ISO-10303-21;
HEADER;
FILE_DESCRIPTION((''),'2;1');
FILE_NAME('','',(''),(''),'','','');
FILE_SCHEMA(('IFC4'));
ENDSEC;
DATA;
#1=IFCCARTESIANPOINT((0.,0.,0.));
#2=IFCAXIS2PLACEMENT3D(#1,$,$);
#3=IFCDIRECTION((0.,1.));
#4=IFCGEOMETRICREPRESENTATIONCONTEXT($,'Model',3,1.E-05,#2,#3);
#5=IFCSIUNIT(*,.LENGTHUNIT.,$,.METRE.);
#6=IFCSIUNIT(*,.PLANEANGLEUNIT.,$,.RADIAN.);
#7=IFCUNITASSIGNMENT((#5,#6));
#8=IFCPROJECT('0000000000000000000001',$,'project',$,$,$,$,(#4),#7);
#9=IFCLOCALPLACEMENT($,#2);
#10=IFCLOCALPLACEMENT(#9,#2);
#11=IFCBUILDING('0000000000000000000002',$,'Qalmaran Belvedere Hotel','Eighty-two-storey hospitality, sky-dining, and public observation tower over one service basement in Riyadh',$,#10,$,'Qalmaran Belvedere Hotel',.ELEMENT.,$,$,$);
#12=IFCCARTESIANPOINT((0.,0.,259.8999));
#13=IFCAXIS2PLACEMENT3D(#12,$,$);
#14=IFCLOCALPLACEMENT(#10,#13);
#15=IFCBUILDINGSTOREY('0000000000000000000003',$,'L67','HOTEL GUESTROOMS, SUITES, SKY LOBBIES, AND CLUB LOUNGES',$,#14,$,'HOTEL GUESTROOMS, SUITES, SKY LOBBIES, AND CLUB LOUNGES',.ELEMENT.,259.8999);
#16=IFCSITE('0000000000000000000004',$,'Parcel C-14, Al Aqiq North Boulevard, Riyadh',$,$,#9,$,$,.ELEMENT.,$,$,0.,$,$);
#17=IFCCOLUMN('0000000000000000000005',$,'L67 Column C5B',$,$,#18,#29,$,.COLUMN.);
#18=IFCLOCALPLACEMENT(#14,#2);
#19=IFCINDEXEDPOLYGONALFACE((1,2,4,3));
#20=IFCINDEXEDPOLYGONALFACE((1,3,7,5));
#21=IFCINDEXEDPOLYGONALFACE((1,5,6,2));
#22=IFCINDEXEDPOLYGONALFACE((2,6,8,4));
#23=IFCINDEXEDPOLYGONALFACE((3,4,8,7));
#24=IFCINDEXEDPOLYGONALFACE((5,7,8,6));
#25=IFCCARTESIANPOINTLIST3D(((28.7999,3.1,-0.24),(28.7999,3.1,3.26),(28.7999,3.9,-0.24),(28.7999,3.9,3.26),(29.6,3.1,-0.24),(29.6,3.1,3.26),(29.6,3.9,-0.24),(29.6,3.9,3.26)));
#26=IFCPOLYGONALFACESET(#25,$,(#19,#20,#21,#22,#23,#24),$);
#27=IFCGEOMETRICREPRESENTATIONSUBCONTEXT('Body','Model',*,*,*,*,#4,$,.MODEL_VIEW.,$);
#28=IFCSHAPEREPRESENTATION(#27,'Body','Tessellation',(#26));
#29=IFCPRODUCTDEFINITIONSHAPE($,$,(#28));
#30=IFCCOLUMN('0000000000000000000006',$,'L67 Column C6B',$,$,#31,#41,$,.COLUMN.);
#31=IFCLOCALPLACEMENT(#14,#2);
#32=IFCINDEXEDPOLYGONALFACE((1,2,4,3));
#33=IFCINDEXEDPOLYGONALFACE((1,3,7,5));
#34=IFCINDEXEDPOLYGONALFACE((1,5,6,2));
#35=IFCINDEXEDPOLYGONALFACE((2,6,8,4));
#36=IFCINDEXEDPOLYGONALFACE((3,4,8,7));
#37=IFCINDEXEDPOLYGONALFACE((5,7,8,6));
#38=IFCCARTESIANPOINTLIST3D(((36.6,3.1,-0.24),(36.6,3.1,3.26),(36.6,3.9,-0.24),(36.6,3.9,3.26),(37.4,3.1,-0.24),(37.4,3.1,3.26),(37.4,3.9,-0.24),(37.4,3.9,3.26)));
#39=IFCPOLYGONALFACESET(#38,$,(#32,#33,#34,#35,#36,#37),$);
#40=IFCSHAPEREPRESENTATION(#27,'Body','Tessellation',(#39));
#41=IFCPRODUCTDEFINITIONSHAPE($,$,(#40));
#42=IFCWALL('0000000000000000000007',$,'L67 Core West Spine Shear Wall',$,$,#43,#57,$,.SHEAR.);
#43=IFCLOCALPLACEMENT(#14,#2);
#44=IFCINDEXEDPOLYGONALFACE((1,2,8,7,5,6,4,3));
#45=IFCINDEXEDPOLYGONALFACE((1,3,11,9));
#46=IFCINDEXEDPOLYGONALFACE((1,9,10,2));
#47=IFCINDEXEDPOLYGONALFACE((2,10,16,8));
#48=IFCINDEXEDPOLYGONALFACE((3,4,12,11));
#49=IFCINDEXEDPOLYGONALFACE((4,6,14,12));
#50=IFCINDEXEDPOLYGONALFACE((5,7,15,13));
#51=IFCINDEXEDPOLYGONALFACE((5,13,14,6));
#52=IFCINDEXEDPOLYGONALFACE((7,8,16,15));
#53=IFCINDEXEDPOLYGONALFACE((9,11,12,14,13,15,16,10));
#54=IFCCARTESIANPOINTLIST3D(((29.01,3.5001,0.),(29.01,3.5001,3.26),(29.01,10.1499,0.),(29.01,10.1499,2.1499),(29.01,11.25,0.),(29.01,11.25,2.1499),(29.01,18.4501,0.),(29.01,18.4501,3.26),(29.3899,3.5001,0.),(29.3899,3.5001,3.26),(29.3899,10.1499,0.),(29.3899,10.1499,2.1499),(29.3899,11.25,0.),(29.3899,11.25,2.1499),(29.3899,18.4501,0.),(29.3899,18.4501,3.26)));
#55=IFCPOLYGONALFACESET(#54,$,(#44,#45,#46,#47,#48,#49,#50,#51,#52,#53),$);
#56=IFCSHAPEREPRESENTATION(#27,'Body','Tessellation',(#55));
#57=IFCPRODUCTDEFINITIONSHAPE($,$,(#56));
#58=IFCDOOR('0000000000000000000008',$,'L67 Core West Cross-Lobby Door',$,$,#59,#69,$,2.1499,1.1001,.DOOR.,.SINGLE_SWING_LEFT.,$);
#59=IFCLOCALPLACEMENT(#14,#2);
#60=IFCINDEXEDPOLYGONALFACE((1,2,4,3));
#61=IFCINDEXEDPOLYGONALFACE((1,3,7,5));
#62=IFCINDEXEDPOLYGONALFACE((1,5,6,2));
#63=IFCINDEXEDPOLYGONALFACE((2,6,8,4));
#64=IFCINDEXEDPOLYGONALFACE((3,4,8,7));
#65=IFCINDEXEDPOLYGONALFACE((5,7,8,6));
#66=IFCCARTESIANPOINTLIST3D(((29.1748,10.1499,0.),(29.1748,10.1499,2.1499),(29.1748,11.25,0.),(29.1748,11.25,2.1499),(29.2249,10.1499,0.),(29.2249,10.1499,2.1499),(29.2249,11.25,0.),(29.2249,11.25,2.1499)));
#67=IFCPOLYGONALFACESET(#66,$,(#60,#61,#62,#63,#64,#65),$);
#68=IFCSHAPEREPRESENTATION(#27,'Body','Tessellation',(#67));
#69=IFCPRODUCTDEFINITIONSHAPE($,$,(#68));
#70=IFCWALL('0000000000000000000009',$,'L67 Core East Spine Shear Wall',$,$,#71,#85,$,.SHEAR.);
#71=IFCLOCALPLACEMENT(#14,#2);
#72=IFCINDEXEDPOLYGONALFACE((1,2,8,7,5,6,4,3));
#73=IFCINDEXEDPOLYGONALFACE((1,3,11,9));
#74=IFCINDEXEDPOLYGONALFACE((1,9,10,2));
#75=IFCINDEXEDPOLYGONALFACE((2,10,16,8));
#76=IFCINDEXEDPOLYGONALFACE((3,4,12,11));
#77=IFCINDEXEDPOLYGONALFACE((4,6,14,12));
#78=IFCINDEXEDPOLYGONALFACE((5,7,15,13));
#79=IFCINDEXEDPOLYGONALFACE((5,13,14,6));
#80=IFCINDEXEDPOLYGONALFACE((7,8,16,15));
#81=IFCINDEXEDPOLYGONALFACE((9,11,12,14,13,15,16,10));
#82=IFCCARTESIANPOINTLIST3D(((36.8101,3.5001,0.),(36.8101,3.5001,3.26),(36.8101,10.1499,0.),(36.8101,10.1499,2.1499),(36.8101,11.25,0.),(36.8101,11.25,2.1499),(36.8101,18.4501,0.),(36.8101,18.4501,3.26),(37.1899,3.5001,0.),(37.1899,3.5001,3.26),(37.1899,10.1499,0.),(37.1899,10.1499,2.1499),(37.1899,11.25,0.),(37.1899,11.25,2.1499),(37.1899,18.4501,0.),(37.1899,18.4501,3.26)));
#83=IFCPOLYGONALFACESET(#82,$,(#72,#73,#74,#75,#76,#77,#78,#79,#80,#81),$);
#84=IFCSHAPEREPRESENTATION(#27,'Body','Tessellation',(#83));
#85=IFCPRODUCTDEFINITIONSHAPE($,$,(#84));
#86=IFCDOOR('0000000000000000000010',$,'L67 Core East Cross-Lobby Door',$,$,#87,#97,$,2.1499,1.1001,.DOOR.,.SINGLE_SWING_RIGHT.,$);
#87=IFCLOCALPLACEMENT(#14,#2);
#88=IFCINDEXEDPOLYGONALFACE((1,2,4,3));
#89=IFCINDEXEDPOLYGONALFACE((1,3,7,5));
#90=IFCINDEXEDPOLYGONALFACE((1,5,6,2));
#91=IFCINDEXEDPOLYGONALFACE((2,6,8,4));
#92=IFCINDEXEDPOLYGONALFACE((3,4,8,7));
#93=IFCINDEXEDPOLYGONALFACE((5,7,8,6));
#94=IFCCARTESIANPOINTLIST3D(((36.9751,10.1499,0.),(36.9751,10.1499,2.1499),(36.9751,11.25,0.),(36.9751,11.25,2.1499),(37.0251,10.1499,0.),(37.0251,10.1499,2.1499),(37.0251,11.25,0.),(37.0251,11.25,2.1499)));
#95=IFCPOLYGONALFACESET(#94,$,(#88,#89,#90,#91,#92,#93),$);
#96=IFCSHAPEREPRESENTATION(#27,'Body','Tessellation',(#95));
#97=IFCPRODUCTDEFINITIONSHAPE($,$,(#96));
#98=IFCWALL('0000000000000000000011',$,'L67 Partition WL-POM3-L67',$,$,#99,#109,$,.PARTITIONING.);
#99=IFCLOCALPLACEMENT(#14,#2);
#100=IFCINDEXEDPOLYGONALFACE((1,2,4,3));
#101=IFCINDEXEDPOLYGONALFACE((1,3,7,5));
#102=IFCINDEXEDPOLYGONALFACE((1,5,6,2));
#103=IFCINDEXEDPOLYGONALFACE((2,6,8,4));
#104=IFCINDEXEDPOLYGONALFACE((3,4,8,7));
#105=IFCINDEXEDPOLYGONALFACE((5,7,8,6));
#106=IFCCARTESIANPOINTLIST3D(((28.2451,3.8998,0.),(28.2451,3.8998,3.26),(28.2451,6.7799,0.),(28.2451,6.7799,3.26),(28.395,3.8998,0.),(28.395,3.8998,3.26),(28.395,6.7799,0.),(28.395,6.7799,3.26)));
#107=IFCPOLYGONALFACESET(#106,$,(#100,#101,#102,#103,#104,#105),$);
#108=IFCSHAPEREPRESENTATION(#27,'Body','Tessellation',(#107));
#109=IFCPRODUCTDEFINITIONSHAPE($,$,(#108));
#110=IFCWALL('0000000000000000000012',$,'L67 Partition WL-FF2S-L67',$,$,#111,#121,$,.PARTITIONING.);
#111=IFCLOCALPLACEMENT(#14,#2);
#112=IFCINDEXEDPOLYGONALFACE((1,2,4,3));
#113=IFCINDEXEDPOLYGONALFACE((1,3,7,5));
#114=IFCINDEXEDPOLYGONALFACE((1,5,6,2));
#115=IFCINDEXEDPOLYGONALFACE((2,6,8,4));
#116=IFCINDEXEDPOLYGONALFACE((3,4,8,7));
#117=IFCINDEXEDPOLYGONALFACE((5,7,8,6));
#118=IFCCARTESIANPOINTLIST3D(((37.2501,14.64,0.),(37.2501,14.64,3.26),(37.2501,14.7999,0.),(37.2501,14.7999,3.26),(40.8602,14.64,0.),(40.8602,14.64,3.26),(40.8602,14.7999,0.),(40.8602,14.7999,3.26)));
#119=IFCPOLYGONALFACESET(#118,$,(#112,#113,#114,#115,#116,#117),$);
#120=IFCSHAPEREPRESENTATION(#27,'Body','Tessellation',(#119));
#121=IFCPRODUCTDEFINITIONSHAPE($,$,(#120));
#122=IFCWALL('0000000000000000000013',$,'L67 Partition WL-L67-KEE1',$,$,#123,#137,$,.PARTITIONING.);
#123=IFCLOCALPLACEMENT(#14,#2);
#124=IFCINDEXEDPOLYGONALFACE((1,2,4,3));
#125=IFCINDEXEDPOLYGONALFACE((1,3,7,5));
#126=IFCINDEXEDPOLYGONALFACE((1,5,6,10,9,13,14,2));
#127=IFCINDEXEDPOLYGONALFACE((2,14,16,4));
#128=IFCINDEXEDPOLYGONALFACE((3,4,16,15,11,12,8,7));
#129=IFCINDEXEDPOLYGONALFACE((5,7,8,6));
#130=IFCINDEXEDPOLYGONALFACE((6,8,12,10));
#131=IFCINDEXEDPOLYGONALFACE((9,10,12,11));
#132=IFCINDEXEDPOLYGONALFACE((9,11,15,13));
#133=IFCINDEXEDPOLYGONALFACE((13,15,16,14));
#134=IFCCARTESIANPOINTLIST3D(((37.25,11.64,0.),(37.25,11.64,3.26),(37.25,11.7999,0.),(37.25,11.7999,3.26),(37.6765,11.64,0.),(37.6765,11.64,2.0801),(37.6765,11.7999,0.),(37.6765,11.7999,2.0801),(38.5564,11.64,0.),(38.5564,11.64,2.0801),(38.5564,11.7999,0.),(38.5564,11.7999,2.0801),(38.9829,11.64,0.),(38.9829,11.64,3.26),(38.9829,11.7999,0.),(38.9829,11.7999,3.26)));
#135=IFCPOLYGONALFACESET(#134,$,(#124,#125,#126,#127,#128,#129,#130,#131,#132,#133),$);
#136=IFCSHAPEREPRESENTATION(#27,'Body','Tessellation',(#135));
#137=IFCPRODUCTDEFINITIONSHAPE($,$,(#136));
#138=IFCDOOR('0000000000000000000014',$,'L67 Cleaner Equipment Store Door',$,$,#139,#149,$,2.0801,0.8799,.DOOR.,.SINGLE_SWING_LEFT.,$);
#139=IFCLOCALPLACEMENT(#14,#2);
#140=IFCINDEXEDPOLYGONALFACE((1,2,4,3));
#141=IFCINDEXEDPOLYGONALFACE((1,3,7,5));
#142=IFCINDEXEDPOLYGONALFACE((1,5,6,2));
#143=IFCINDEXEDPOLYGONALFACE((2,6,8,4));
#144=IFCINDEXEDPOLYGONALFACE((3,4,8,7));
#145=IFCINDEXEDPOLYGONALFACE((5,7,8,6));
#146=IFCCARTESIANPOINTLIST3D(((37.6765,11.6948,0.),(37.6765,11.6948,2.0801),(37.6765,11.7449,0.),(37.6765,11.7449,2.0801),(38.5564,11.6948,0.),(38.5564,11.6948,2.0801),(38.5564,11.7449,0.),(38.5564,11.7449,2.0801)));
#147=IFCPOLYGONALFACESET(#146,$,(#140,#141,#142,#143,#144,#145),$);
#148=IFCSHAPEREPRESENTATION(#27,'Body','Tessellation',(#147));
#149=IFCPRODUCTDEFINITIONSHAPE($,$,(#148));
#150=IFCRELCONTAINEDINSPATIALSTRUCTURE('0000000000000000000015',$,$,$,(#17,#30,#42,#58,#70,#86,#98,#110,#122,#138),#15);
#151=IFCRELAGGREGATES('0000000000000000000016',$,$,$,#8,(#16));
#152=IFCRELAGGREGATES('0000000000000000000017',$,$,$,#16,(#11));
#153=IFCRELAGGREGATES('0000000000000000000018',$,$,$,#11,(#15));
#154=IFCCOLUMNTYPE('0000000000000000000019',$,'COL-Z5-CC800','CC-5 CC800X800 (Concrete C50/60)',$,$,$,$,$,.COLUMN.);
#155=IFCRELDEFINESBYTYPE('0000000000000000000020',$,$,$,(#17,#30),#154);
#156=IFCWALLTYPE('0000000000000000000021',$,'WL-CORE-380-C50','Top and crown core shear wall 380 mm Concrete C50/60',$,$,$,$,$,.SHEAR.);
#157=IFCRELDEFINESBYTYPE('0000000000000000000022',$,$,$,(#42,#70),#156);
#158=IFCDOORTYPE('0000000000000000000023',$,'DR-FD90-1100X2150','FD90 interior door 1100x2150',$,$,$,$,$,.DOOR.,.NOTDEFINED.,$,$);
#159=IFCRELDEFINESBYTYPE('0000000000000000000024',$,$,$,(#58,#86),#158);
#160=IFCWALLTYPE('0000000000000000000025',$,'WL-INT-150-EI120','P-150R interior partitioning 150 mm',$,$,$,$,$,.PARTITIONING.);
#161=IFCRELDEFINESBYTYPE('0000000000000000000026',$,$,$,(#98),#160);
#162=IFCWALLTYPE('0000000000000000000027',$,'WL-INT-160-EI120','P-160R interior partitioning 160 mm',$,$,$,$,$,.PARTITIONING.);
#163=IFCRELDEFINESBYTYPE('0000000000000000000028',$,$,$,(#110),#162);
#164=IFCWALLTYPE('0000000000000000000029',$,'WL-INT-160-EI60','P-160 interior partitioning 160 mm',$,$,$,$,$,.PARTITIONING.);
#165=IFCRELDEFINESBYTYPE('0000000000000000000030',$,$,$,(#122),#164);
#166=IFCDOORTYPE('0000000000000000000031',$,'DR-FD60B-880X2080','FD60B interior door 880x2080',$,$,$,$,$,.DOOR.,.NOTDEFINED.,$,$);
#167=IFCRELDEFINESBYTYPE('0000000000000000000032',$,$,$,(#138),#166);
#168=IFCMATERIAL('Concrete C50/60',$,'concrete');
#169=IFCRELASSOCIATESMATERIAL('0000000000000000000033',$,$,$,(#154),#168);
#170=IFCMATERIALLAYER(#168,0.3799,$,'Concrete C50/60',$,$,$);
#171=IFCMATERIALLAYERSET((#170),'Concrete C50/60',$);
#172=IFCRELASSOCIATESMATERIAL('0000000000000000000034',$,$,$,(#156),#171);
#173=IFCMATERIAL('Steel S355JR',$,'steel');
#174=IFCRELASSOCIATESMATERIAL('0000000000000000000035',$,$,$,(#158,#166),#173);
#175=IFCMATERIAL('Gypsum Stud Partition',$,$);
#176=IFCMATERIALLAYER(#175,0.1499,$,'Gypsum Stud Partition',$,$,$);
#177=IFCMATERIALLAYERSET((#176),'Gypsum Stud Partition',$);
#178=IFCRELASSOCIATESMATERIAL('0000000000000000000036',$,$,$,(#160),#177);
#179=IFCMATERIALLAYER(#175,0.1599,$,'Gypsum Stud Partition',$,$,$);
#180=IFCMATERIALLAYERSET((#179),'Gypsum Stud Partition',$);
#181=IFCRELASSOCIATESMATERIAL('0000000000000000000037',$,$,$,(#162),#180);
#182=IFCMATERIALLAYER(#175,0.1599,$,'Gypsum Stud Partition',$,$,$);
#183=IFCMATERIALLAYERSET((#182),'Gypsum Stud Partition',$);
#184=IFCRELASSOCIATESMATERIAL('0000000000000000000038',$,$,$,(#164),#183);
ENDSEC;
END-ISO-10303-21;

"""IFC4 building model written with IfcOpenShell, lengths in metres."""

from ifc_helpers import new_model, si_unit, direction, frame, frame_2d, origin, origin_2d, place, context, subcontext, project, spatial, rectangle, extrude, material, layer, layer_set, material_profile, profile_set, type_object, element, fill, save


model = new_model("IFC4")

# Units and contexts
model_context = context("Model", 3, precision=1e-05, world=origin(), true_north=direction((0.0, 1.0)))
body_context = subcontext(model_context, "Body", "Model", "MODEL_VIEW")
ifc_project = project(units=[si_unit("LENGTHUNIT", "METRE"), si_unit("PLANEANGLEUNIT", "RADIAN")], contexts=[model_context])

# Site, building, storey
site_placement = place(None, origin())
site = spatial("IfcSite", under=ifc_project, at=site_placement, Name="Parcel C-14, Al Aqiq North Boulevard, Riyadh", CompositionType="ELEMENT", RefElevation=0.0)
building_placement = place(site_placement, origin())
building = spatial("IfcBuilding", under=site, at=building_placement, Name="Qalmaran Belvedere Hotel", Description="Eighty-two-storey hospitality, sky-dining, and public observation tower over one service basement in Riyadh", LongName="Qalmaran Belvedere Hotel", CompositionType="ELEMENT")
storey_placement = place(building_placement, frame((0.0, 0.0, 259.8999)))
storey = spatial("IfcBuildingStorey", under=building, at=storey_placement, Name="L67", Description="HOTEL GUESTROOMS, SUITES, SKY LOBBIES, AND CLUB LOUNGES", LongName="HOTEL GUESTROOMS, SUITES, SKY LOBBIES, AND CLUB LOUNGES", CompositionType="ELEMENT", Elevation=259.8999)

# Columns
ifc_material_1 = material(Name="Concrete C50/60", Category="concrete")
ifc_material_profile = material_profile(ifc_material_1, rectangle(XDim=0.8, YDim=0.8, at=origin_2d()), Name="CC800X800")
ifc_profile_set = profile_set([ifc_material_profile], Name="Concrete C50/60")
column_type = type_object("IfcColumnType", Name="COL-Z5-CC800", Description="CC-5 CC800X800 (Concrete C50/60)", PredefinedType="COLUMN", material=ifc_profile_set)
for number, where, z_axis, x_axis, name in (
    (1, (29.2, 3.5, -0.24), (0.0, 0.0, 1.0), (1.0, 0.0, 0.0), "L67 Column C5B"),
    (2, (37.0, 3.5, -0.24), (0.0, 0.0, 1.0), (1.0, 0.0, 0.0), "L67 Column C6B"),
):
    element("IfcColumn", number, at=place(storey_placement, frame(where, z_axis=z_axis, x_axis=x_axis)), inside=storey, type_object=column_type, Name=name, PredefinedType="COLUMN", context=body_context, shape_type="SweptSolid", body=[
        extrude(rectangle(XDim=0.8, YDim=0.8, at=origin_2d()), origin(), (0.0, 0.0, 1.0), 3.5),
    ])

# Walls, openings, doors
ifc_layer_1 = layer(ifc_material_1, 0.3799, Name="Concrete C50/60")
ifc_layer_set_1 = layer_set([ifc_layer_1], Name="Concrete C50/60")
wall_type_1 = type_object("IfcWallType", Name="WL-CORE-380-C50", Description="Top and crown core shear wall 380 mm Concrete C50/60", PredefinedType="SHEAR", material=ifc_layer_set_1)
wall_1_placement = place(storey_placement, frame((29.2, 3.5, 0.0), z_axis=(0.0, 0.0, 1.0), x_axis=(0.0, 1.0, 0.0)))
wall_1 = element("IfcWall", 3, at=wall_1_placement, inside=storey, type_object=wall_type_1, Name="L67 Core West Spine Shear Wall", PredefinedType="SHEAR", context=body_context, shape_type="SweptSolid", body=[
    extrude(rectangle(XDim=14.95, YDim=0.3799, at=frame_2d((7.4751, 0.0))), origin(), (0.0, 0.0, 1.0), 3.26),
])
opening_1_placement = place(wall_1_placement, frame((7.75, 0.0, 0.0), z_axis=(0.0, 0.0, 1.0), x_axis=(-1.0, 0.0, 0.0)))
opening_1 = element("IfcOpeningElement", 4, at=opening_1_placement, cuts=wall_1, PredefinedType="OPENING", context=body_context, shape_type="SweptSolid", body=[
    extrude(rectangle(XDim=1.1001, YDim=2.1499, at=frame_2d((0.55, 1.075))), frame((0.0, 0.2, 0.0), z_axis=(0.0, -1.0, 0.0), x_axis=(1.0, 0.0, 0.0)), (0.0, 0.0, 1.0), 0.3999),
])
ifc_material_2 = material(Name="Steel S355JR", Category="steel")
door_type_1 = type_object("IfcDoorType", Name="DR-FD90-1100X2150", Description="FD90 interior door 1100x2150", OperationType="NOTDEFINED", PredefinedType="DOOR", material=ifc_material_2)
door_1_placement = place(opening_1_placement, origin())
door_1 = element("IfcDoor", 5, at=door_1_placement, inside=storey, type_object=door_type_1, Name="L67 Core West Cross-Lobby Door", OperationType="SINGLE_SWING_LEFT", OverallHeight=2.1499, OverallWidth=1.1001, PredefinedType="DOOR", context=body_context, shape_type="SweptSolid", body=[
    extrude(rectangle(XDim=1.1001, YDim=2.1499, at=frame_2d((0.55, 1.075))), frame((0.0, 0.0249, 0.0), z_axis=(0.0, -1.0, 0.0), x_axis=(1.0, 0.0, 0.0)), (0.0, 0.0, 1.0), 0.05),
])
fill(opening_1, door_1)
wall_2_placement = place(storey_placement, frame((37.0, 3.5, 0.0), z_axis=(0.0, 0.0, 1.0), x_axis=(0.0, 1.0, 0.0)))
wall_2 = element("IfcWall", 6, at=wall_2_placement, inside=storey, type_object=wall_type_1, Name="L67 Core East Spine Shear Wall", PredefinedType="SHEAR", context=body_context, shape_type="SweptSolid", body=[
    extrude(rectangle(XDim=14.95, YDim=0.3799, at=frame_2d((7.4751, 0.0))), origin(), (0.0, 0.0, 1.0), 3.26),
])
opening_2_placement = place(wall_2_placement, frame((6.6499, 0.0, 0.0)))
opening_2 = element("IfcOpeningElement", 7, at=opening_2_placement, cuts=wall_2, PredefinedType="OPENING", context=body_context, shape_type="SweptSolid", body=[
    extrude(rectangle(XDim=1.1001, YDim=2.1499, at=frame_2d((0.55, 1.075))), frame((0.0, 0.2, 0.0), z_axis=(0.0, -1.0, 0.0), x_axis=(1.0, 0.0, 0.0)), (0.0, 0.0, 1.0), 0.3999),
])
door_2_placement = place(opening_2_placement, origin())
door_2 = element("IfcDoor", 8, at=door_2_placement, inside=storey, type_object=door_type_1, Name="L67 Core East Cross-Lobby Door", OperationType="SINGLE_SWING_RIGHT", OverallHeight=2.1499, OverallWidth=1.1001, PredefinedType="DOOR", context=body_context, shape_type="SweptSolid", body=[
    extrude(rectangle(XDim=1.1001, YDim=2.1499, at=frame_2d((0.55, 1.075))), frame((0.0, 0.0249, 0.0), z_axis=(0.0, -1.0, 0.0), x_axis=(1.0, 0.0, 0.0)), (0.0, 0.0, 1.0), 0.05),
])
fill(opening_2, door_2)

# Walls
ifc_material_3 = material(Name="Gypsum Stud Partition")
ifc_layer_2 = layer(ifc_material_3, 0.1499, Name="Gypsum Stud Partition")
ifc_layer_set_2 = layer_set([ifc_layer_2], Name="Gypsum Stud Partition")
wall_type_2 = type_object("IfcWallType", Name="WL-INT-150-EI120", Description="P-150R interior partitioning 150 mm", PredefinedType="PARTITIONING", material=ifc_layer_set_2)
wall_3_placement = place(storey_placement, frame((28.3201, 3.8999, 0.0), z_axis=(0.0, 0.0, 1.0), x_axis=(0.0, 1.0, 0.0)))
element("IfcWall", 9, at=wall_3_placement, inside=storey, type_object=wall_type_2, Name="L67 Partition WL-POM3-L67", PredefinedType="PARTITIONING", context=body_context, shape_type="SweptSolid", body=[
    extrude(rectangle(XDim=2.8801, YDim=0.1499, at=frame_2d((1.4399, 0.0))), origin(), (0.0, 0.0, 1.0), 3.26),
])
ifc_layer_3 = layer(ifc_material_3, 0.1599, Name="Gypsum Stud Partition")
ifc_layer_set_3 = layer_set([ifc_layer_3], Name="Gypsum Stud Partition")
wall_type_3 = type_object("IfcWallType", Name="WL-INT-160-EI120", Description="P-160R interior partitioning 160 mm", PredefinedType="PARTITIONING", material=ifc_layer_set_3)
wall_4_placement = place(storey_placement, frame((37.25, 14.72, 0.0), z_axis=(0.0, 0.0, 1.0), x_axis=(1.0, 0.0, 0.0)))
element("IfcWall", 10, at=wall_4_placement, inside=storey, type_object=wall_type_3, Name="L67 Partition WL-FF2S-L67", PredefinedType="PARTITIONING", context=body_context, shape_type="SweptSolid", body=[
    extrude(rectangle(XDim=3.6101, YDim=0.1599, at=frame_2d((1.8052, 0.0))), origin(), (0.0, 0.0, 1.0), 3.26),
])

# Wall, opening, door
ifc_layer_4 = layer(ifc_material_3, 0.1599, Name="Gypsum Stud Partition")
ifc_layer_set_4 = layer_set([ifc_layer_4], Name="Gypsum Stud Partition")
wall_type_4 = type_object("IfcWallType", Name="WL-INT-160-EI60", Description="P-160 interior partitioning 160 mm", PredefinedType="PARTITIONING", material=ifc_layer_set_4)
wall_5_placement = place(storey_placement, frame((37.25, 11.72, 0.0), z_axis=(0.0, 0.0, 1.0), x_axis=(1.0, 0.0, 0.0)))
wall_5 = element("IfcWall", 11, at=wall_5_placement, inside=storey, type_object=wall_type_4, Name="L67 Partition WL-L67-KEE1", PredefinedType="PARTITIONING", context=body_context, shape_type="SweptSolid", body=[
    extrude(rectangle(XDim=1.7329, YDim=0.1599, at=frame_2d((0.8665, 0.0))), origin(), (0.0, 0.0, 1.0), 3.26),
])
opening_3_placement = place(wall_5_placement, frame((0.4265, 0.0, 0.0)))
opening_3 = element("IfcOpeningElement", 12, at=opening_3_placement, cuts=wall_5, PredefinedType="OPENING", context=body_context, shape_type="SweptSolid", body=[
    extrude(rectangle(XDim=0.8799, YDim=2.0801, at=frame_2d((0.4399, 1.04))), frame((0.0, 0.0898, 0.0), z_axis=(0.0, -1.0, 0.0), x_axis=(1.0, 0.0, 0.0)), (0.0, 0.0, 1.0), 0.1799),
])
door_type_2 = type_object("IfcDoorType", Name="DR-FD60B-880X2080", Description="FD60B interior door 880x2080", OperationType="NOTDEFINED", PredefinedType="DOOR", material=ifc_material_2)
door_3_placement = place(opening_3_placement, origin())
door_3 = element("IfcDoor", 13, at=door_3_placement, inside=storey, type_object=door_type_2, Name="L67 Cleaner Equipment Store Door", OperationType="SINGLE_SWING_LEFT", OverallHeight=2.0801, OverallWidth=0.8799, PredefinedType="DOOR", context=body_context, shape_type="SweptSolid", body=[
    extrude(rectangle(XDim=0.8799, YDim=2.0801, at=frame_2d((0.4399, 1.04))), frame((0.0, 0.0249, 0.0), z_axis=(0.0, -1.0, 0.0), x_axis=(1.0, 0.0, 0.0)), (0.0, 0.0, 1.0), 0.05),
])
fill(opening_3, door_3)

save(model, "model.ifc")
